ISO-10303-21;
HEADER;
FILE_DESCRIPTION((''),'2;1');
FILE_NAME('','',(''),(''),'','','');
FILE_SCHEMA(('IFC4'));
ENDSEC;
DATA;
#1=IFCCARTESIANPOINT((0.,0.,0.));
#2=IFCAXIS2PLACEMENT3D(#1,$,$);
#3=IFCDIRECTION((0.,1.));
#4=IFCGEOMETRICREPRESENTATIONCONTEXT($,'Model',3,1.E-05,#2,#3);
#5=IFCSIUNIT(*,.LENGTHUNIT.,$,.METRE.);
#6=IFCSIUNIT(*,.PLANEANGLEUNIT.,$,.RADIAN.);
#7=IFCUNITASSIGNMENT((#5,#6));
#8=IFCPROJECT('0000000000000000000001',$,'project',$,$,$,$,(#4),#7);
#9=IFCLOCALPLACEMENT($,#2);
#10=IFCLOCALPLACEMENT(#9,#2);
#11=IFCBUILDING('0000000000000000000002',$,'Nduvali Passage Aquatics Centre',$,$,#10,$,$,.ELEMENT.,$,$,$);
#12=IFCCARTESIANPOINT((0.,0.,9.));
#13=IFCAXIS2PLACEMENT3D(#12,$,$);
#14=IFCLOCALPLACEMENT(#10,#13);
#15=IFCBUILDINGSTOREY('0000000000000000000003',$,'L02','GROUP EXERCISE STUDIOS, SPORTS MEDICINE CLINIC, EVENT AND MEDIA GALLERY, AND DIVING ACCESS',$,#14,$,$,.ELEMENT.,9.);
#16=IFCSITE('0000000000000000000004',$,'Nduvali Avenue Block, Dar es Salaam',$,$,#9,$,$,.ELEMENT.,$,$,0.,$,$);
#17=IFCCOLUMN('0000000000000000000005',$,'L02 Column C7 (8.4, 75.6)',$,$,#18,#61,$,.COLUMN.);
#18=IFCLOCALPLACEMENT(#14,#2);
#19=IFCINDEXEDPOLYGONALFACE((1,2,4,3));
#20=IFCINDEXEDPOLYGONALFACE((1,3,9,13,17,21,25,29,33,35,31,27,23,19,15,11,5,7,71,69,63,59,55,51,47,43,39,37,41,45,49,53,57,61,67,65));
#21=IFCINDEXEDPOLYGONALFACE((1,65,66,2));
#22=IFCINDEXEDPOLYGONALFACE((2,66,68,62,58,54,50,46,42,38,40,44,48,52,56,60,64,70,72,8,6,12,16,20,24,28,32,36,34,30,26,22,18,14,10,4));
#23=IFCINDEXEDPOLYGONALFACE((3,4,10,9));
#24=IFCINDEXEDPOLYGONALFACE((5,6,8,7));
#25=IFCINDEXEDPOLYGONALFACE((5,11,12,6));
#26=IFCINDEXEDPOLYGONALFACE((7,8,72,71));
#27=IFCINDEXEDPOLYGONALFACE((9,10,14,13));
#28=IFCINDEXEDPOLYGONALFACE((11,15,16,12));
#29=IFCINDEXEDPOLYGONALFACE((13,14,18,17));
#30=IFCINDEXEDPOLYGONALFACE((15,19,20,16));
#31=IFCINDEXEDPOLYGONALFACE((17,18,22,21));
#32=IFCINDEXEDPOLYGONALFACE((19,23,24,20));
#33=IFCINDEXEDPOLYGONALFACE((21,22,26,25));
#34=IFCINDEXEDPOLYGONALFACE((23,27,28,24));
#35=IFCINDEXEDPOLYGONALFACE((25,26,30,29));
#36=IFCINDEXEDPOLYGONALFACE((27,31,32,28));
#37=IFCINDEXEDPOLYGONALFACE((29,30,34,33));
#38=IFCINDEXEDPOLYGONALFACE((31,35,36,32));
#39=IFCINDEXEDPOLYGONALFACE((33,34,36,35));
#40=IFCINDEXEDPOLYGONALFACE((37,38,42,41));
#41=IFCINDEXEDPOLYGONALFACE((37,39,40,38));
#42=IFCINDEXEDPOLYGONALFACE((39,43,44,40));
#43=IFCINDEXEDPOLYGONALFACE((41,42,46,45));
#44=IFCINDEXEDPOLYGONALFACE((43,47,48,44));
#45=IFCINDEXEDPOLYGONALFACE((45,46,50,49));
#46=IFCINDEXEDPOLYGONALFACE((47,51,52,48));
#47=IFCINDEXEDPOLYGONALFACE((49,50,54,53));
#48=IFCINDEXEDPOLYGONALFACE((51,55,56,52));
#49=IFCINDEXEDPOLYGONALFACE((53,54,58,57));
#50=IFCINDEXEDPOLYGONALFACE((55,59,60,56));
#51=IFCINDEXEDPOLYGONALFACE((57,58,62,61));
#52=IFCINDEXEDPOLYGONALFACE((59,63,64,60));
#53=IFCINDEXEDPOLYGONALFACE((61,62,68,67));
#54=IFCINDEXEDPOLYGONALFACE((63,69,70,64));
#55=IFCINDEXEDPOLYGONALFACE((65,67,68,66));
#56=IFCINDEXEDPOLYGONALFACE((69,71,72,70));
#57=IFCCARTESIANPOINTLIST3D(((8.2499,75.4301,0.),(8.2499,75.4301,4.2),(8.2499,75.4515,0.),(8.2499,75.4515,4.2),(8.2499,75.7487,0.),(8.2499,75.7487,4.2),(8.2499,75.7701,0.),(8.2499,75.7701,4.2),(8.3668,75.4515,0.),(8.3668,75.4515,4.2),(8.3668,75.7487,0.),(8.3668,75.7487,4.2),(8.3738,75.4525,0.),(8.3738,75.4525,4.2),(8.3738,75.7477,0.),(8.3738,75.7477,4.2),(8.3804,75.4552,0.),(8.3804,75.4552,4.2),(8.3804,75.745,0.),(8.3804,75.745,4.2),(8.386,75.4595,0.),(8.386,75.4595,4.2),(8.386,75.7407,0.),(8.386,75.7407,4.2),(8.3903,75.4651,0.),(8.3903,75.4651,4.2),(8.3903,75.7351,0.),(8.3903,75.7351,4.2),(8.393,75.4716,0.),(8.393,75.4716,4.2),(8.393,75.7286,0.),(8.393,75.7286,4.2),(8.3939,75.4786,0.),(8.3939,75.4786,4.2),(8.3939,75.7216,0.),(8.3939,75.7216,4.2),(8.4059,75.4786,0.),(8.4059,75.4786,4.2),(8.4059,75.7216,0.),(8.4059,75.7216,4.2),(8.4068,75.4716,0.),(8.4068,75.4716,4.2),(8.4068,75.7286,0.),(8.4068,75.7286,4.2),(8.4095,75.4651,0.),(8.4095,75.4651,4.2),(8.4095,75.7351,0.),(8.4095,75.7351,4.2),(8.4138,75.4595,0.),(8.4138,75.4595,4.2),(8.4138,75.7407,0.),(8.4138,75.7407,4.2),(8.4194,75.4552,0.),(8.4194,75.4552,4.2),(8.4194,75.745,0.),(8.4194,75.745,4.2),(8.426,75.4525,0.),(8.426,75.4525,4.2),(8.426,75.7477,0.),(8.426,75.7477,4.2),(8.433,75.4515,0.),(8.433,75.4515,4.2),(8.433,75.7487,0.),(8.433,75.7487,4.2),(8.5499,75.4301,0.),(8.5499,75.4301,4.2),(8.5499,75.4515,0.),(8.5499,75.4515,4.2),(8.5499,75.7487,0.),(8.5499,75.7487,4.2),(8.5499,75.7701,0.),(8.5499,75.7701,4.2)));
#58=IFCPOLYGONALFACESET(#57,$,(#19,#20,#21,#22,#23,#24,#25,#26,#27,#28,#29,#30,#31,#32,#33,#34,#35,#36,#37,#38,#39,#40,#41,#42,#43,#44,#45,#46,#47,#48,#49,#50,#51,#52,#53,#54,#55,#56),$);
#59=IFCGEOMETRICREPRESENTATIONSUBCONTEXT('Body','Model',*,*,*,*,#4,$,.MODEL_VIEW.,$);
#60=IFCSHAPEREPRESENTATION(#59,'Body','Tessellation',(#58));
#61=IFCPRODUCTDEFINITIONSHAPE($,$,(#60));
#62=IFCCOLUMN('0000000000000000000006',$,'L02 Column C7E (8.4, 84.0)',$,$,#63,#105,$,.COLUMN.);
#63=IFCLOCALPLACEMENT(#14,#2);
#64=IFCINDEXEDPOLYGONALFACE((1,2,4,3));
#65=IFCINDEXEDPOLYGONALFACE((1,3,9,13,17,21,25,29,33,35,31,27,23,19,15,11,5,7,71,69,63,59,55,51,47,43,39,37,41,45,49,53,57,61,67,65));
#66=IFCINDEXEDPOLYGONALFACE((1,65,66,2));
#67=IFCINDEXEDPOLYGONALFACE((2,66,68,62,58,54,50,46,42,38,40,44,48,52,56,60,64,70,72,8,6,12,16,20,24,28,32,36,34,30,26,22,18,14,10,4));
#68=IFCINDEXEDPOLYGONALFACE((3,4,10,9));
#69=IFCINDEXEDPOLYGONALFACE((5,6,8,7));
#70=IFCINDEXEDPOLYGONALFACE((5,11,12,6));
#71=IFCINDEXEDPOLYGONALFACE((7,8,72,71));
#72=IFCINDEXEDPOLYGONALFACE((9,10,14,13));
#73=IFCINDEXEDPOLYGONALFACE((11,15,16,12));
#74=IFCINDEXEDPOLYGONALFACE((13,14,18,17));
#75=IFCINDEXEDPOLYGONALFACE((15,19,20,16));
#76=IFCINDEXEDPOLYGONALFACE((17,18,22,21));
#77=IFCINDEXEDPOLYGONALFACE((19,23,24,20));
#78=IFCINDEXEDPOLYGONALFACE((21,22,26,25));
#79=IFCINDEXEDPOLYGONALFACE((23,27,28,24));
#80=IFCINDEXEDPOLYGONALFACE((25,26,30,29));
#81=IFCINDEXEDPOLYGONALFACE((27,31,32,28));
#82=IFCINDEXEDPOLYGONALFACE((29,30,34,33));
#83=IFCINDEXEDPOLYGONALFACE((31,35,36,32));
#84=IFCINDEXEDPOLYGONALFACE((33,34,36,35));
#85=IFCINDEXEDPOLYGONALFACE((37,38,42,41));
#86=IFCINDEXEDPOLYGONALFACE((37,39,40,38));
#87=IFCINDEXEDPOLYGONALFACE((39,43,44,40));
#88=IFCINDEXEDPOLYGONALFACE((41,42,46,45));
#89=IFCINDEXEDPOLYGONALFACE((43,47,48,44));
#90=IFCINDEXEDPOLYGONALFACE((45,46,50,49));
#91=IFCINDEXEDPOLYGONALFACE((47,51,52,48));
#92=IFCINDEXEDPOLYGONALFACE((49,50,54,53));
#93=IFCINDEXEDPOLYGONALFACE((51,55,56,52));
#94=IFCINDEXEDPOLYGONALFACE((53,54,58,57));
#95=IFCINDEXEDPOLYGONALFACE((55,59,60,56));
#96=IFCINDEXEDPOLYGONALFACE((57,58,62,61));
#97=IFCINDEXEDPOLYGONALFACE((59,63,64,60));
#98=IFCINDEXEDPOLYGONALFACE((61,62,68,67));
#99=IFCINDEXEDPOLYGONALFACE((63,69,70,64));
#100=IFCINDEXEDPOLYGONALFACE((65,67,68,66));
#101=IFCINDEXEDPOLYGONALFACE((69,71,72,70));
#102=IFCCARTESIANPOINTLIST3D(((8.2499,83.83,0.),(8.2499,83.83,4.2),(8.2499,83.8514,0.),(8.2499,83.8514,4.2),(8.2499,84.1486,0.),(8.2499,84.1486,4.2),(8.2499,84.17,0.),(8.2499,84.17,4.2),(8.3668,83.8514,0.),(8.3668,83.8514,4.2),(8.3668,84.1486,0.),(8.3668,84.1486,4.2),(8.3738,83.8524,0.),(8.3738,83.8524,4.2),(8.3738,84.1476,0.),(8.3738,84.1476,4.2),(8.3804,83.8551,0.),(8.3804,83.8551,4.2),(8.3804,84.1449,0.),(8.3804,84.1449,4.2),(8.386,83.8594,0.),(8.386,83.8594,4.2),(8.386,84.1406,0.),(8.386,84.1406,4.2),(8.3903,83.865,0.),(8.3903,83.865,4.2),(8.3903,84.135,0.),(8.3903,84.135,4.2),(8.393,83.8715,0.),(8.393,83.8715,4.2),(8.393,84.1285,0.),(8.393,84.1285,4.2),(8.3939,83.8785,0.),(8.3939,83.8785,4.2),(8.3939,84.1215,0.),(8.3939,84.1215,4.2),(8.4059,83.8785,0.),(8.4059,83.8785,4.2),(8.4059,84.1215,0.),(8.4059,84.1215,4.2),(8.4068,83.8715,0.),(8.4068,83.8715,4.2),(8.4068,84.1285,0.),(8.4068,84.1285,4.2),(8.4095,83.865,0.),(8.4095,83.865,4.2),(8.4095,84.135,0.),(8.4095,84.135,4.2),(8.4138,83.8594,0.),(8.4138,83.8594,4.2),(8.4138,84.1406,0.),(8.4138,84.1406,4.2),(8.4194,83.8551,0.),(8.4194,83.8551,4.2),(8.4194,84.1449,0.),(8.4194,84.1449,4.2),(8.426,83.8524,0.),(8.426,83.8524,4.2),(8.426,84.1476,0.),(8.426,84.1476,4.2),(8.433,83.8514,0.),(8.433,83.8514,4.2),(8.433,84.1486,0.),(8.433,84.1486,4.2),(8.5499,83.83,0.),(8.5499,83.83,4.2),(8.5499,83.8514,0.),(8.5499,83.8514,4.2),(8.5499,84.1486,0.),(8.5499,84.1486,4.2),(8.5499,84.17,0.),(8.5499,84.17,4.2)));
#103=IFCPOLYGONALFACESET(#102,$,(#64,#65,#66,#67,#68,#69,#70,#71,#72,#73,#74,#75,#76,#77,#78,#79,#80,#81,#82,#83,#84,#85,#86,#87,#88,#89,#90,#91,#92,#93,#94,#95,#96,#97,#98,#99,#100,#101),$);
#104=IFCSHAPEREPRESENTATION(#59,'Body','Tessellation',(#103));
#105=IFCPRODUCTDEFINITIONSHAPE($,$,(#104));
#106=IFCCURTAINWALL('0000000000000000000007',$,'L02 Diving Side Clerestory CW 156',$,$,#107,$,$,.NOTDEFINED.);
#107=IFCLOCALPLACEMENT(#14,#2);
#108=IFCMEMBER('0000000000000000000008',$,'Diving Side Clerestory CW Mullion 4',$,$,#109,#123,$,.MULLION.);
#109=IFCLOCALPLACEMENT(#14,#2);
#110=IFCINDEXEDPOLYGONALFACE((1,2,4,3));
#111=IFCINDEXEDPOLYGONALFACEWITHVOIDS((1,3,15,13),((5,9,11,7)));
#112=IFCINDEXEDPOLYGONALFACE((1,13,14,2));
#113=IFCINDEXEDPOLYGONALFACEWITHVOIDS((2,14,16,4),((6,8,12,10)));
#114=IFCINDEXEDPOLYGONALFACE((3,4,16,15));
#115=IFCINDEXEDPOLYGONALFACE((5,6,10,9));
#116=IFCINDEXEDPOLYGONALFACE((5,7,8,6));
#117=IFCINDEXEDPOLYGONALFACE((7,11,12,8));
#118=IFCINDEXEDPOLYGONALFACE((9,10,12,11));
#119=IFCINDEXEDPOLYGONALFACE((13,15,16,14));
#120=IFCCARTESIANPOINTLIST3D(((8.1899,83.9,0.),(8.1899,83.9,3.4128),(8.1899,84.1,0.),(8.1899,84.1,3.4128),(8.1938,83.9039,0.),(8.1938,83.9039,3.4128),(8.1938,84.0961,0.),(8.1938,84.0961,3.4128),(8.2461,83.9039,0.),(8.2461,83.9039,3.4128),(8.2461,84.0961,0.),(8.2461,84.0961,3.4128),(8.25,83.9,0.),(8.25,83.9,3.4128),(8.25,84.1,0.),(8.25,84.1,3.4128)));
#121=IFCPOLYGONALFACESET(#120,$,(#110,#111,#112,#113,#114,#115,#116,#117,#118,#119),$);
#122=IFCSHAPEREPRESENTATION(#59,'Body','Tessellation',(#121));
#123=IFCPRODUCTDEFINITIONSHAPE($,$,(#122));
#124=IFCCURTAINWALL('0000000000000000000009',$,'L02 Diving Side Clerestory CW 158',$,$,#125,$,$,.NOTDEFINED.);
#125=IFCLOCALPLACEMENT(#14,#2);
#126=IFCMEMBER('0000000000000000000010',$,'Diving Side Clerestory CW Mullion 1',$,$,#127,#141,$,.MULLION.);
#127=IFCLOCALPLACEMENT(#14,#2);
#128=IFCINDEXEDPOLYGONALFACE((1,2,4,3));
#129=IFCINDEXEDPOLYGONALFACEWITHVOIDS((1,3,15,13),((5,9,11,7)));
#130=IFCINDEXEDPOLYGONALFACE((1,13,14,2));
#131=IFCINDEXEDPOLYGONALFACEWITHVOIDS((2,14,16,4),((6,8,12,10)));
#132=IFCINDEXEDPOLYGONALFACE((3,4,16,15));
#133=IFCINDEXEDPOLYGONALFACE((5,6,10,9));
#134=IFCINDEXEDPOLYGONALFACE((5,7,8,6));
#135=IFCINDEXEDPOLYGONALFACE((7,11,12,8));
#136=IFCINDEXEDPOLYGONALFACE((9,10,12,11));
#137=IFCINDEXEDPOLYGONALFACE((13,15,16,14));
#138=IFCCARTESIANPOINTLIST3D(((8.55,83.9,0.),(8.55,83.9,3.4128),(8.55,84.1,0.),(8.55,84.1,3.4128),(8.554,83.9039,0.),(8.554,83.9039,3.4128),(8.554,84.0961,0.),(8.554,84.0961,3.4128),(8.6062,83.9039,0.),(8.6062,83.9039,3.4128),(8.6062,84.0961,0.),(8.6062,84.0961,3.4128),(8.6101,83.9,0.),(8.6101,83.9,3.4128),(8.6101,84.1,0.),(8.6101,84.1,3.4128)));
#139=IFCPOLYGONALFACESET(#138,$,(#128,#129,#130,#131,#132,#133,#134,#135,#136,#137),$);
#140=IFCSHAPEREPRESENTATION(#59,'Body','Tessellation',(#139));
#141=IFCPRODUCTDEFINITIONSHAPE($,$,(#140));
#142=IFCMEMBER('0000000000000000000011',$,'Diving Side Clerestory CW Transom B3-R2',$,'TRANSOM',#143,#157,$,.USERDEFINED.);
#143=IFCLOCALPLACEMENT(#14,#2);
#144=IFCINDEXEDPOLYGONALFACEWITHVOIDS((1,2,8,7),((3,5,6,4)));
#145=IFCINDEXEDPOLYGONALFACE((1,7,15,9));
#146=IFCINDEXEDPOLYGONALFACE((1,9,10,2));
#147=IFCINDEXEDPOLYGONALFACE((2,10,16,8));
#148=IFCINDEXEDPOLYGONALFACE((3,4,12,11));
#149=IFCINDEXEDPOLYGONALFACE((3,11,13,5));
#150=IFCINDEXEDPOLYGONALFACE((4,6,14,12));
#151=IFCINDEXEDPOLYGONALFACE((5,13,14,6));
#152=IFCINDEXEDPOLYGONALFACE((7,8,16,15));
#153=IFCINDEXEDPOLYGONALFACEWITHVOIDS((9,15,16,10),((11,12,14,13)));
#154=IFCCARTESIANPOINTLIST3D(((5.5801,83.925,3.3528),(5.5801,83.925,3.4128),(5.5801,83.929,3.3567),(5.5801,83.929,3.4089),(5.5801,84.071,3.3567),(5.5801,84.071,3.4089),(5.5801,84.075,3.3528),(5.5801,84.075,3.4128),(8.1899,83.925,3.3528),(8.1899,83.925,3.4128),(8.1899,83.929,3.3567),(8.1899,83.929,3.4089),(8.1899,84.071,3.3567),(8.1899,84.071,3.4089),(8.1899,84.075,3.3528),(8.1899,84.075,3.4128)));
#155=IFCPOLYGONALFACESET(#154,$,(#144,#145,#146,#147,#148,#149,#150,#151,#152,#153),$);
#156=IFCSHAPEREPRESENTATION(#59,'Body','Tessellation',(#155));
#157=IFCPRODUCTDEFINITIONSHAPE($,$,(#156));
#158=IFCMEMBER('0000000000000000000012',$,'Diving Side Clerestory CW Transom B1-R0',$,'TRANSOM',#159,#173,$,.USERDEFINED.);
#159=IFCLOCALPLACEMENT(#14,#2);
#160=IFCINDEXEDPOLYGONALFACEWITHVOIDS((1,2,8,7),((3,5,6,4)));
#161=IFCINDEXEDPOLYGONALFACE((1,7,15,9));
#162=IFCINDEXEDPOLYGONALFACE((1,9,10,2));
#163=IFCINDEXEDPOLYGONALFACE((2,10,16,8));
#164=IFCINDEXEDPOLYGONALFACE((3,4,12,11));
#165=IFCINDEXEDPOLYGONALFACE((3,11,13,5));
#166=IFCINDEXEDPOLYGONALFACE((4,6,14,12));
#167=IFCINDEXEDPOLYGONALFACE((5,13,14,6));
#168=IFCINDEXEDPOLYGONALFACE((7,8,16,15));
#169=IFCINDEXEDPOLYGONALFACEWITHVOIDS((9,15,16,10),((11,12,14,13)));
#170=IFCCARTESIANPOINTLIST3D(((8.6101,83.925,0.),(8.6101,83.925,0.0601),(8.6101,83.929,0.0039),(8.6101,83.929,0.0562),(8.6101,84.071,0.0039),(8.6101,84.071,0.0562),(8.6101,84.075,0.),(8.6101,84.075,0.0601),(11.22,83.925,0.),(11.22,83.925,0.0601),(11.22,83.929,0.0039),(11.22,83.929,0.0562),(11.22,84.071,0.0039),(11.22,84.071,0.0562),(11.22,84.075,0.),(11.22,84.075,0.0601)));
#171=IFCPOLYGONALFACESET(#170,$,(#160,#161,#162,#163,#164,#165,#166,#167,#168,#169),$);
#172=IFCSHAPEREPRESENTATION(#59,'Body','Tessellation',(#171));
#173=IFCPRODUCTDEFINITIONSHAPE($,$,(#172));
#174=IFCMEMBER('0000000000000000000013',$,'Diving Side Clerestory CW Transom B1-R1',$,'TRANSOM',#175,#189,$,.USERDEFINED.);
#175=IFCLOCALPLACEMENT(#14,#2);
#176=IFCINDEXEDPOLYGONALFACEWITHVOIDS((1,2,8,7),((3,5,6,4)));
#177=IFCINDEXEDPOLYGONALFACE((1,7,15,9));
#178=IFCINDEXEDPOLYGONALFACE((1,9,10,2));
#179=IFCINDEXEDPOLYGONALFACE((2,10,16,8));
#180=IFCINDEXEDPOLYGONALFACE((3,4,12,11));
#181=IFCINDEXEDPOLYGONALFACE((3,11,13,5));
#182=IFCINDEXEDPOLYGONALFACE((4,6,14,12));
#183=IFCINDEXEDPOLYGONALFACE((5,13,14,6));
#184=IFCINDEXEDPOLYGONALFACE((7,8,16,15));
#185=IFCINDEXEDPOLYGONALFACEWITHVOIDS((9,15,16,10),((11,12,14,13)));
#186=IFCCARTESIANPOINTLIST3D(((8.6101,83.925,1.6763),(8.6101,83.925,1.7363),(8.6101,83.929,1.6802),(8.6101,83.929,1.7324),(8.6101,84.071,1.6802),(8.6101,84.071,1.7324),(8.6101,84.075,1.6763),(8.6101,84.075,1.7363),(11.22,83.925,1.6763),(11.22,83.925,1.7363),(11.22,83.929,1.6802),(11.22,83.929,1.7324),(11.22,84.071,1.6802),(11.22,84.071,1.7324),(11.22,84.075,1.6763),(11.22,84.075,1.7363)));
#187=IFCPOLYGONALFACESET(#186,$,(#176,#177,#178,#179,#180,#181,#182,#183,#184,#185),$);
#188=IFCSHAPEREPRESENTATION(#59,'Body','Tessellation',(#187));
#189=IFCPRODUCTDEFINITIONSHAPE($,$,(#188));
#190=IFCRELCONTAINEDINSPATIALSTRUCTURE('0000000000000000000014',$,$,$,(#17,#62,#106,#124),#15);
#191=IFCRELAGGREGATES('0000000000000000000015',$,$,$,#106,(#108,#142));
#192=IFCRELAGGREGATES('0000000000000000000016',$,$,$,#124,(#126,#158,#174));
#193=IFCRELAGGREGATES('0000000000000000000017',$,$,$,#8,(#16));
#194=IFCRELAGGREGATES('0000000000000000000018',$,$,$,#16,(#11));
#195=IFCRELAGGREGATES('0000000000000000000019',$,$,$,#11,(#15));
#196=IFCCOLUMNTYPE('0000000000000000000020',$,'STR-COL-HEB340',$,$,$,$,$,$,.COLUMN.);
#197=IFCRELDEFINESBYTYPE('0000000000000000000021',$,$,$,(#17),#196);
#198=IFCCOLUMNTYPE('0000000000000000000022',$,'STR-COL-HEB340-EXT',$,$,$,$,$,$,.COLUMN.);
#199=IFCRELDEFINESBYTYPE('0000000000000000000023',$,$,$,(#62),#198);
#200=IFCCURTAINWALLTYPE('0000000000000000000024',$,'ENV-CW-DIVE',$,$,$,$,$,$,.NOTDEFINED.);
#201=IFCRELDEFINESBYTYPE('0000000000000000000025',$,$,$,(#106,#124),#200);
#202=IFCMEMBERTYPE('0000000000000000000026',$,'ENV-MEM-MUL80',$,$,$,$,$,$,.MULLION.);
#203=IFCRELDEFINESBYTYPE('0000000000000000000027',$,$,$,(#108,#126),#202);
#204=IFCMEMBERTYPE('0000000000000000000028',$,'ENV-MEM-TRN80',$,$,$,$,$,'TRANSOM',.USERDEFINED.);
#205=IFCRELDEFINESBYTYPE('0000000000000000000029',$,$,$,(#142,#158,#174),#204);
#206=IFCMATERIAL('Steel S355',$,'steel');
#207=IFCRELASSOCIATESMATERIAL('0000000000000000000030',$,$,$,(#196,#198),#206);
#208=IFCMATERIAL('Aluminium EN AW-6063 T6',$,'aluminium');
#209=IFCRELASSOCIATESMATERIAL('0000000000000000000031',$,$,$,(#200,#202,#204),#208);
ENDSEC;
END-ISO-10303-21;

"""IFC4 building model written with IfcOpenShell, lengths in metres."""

from ifc_helpers import new_model, si_unit, direction, frame, origin, origin_2d, place, context, subcontext, project, spatial, hollow_rectangle, i_section, extrude, material, material_profile, profile_set, type_object, element, aggregate, save


model = new_model("IFC4")

# Units and contexts
model_context = context("Model", 3, precision=1e-05, world=origin(), true_north=direction((0.0, 1.0)))
body_context = subcontext(model_context, "Body", "Model", "MODEL_VIEW")
ifc_project = project(units=[si_unit("LENGTHUNIT", "METRE"), si_unit("PLANEANGLEUNIT", "RADIAN")], contexts=[model_context])

# Site, building, storey
site_placement = place(None, origin())
site = spatial("IfcSite", under=ifc_project, at=site_placement, Name="Nduvali Avenue Block, Dar es Salaam", CompositionType="ELEMENT", RefElevation=0.0)
building_placement = place(site_placement, origin())
building = spatial("IfcBuilding", under=site, at=building_placement, Name="Nduvali Passage Aquatics Centre", CompositionType="ELEMENT")
storey_placement = place(building_placement, frame((0.0, 0.0, 9.0)))
storey = spatial("IfcBuildingStorey", under=building, at=storey_placement, Name="L02", Description="GROUP EXERCISE STUDIOS, SPORTS MEDICINE CLINIC, EVENT AND MEDIA GALLERY, AND DIVING ACCESS", CompositionType="ELEMENT", Elevation=9.0)

# Columns
ifc_material_1 = material(Name="Steel S355", Category="steel")
ifc_material_profile_1 = material_profile(ifc_material_1, i_section(OverallWidth=0.3, OverallDepth=0.3401, WebThickness=0.012, FlangeThickness=0.0215, FilletRadius=0.0271, at=origin_2d()), Name="HEB 340")
ifc_profile_set_1 = profile_set([ifc_material_profile_1], Name="Steel S355")
column_type_1 = type_object("IfcColumnType", Name="STR-COL-HEB340", PredefinedType="COLUMN", material=ifc_profile_set_1)
column_1_placement = place(storey_placement, frame((8.3999, 75.6001, 0.0), z_axis=(0.0, 0.0, 1.0), x_axis=(1.0, 0.0, 0.0)))
element("IfcColumn", 1, at=column_1_placement, inside=storey, type_object=column_type_1, Name="L02 Column C7 (8.4, 75.6)", PredefinedType="COLUMN", context=body_context, shape_type="SweptSolid", body=[
    extrude(i_section(OverallWidth=0.3, OverallDepth=0.3401, WebThickness=0.012, FlangeThickness=0.0215, FilletRadius=0.0271, at=origin_2d()), origin(), (0.0, 0.0, 1.0), 4.2),
])
ifc_material_profile_2 = material_profile(ifc_material_1, i_section(OverallWidth=0.3, OverallDepth=0.3401, WebThickness=0.012, FlangeThickness=0.0215, FilletRadius=0.0271, at=origin_2d()), Name="HEB 340")
ifc_profile_set_2 = profile_set([ifc_material_profile_2], Name="Steel S355")
column_type_2 = type_object("IfcColumnType", Name="STR-COL-HEB340-EXT", PredefinedType="COLUMN", material=ifc_profile_set_2)
column_2_placement = place(storey_placement, frame((8.3999, 84.0, 0.0), z_axis=(0.0, 0.0, 1.0), x_axis=(1.0, 0.0, 0.0)))
element("IfcColumn", 2, at=column_2_placement, inside=storey, type_object=column_type_2, Name="L02 Column C7E (8.4, 84.0)", PredefinedType="COLUMN", context=body_context, shape_type="SweptSolid", body=[
    extrude(i_section(OverallWidth=0.3, OverallDepth=0.3401, WebThickness=0.012, FlangeThickness=0.0215, FilletRadius=0.0271, at=origin_2d()), origin(), (0.0, 0.0, 1.0), 4.2),
])

# Curtain walls, members
ifc_material_2 = material(Name="Aluminium EN AW-6063 T6", Category="aluminium")
curtain_wall_type = type_object("IfcCurtainWallType", Name="ENV-CW-DIVE", PredefinedType="NOTDEFINED", material=ifc_material_2)
curtain_wall_1_placement = place(storey_placement, origin())
curtain_wall_1 = element("IfcCurtainWall", 3, at=curtain_wall_1_placement, inside=storey, type_object=curtain_wall_type, Name="L02 Diving Side Clerestory CW 156", PredefinedType="NOTDEFINED")
ifc_material_profile_3 = material_profile(ifc_material_2, hollow_rectangle(XDim=0.0601, YDim=0.2, WallThickness=0.0039, at=origin_2d()), Name="ALU MULLION 60x200x4")
ifc_profile_set_3 = profile_set([ifc_material_profile_3], Name="Aluminium EN AW-6063 T6")
member_type_1 = type_object("IfcMemberType", Name="ENV-MEM-MUL80", PredefinedType="MULLION", material=ifc_profile_set_3)
member_1_placement = place(storey_placement, frame((8.22, 84.0, 0.0), z_axis=(0.0, 0.0, 1.0), x_axis=(1.0, 0.0, 0.0)))
member_1 = element("IfcMember", 4, at=member_1_placement, type_object=member_type_1, Name="Diving Side Clerestory CW Mullion 4", PredefinedType="MULLION", context=body_context, shape_type="SweptSolid", body=[
    extrude(hollow_rectangle(XDim=0.0601, YDim=0.2, WallThickness=0.0039, at=origin_2d()), origin(), (0.0, 0.0, 1.0), 3.4128),
])
curtain_wall_2_placement = place(storey_placement, origin())
curtain_wall_2 = element("IfcCurtainWall", 5, at=curtain_wall_2_placement, inside=storey, type_object=curtain_wall_type, Name="L02 Diving Side Clerestory CW 158", PredefinedType="NOTDEFINED")
member_2_placement = place(storey_placement, frame((8.5801, 84.0, 0.0), z_axis=(0.0, 0.0, 1.0), x_axis=(1.0, 0.0, 0.0)))
member_2 = element("IfcMember", 6, at=member_2_placement, type_object=member_type_1, Name="Diving Side Clerestory CW Mullion 1", PredefinedType="MULLION", context=body_context, shape_type="SweptSolid", body=[
    extrude(hollow_rectangle(XDim=0.0601, YDim=0.2, WallThickness=0.0039, at=origin_2d()), origin(), (0.0, 0.0, 1.0), 3.4128),
])

# Members
ifc_material_profile_4 = material_profile(ifc_material_2, hollow_rectangle(XDim=0.1499, YDim=0.0601, WallThickness=0.0039, at=origin_2d()), Name="ALU TRANSOM 150x60x4")
ifc_profile_set_4 = profile_set([ifc_material_profile_4], Name="Aluminium EN AW-6063 T6")
member_type_2 = type_object("IfcMemberType", Name="ENV-MEM-TRN80", ElementType="TRANSOM", PredefinedType="USERDEFINED", material=ifc_profile_set_4)
member_3_placement = place(storey_placement, frame((5.5801, 84.0, 3.3828), z_axis=(1.0, 0.0, 0.0), x_axis=(0.0, 1.0, 0.0)))
member_3 = element("IfcMember", 7, at=member_3_placement, type_object=member_type_2, Name="Diving Side Clerestory CW Transom B3-R2", ObjectType="TRANSOM", PredefinedType="USERDEFINED", context=body_context, shape_type="SweptSolid", body=[
    extrude(hollow_rectangle(XDim=0.1499, YDim=0.0601, WallThickness=0.0039, at=origin_2d()), origin(), (0.0, 0.0, 1.0), 2.6099),
])
member_4_placement = place(storey_placement, frame((8.6101, 84.0, 0.03), z_axis=(1.0, 0.0, 0.0), x_axis=(0.0, 1.0, 0.0)))
member_4 = element("IfcMember", 8, at=member_4_placement, type_object=member_type_2, Name="Diving Side Clerestory CW Transom B1-R0", ObjectType="TRANSOM", PredefinedType="USERDEFINED", context=body_context, shape_type="SweptSolid", body=[
    extrude(hollow_rectangle(XDim=0.1499, YDim=0.0601, WallThickness=0.0039, at=origin_2d()), origin(), (0.0, 0.0, 1.0), 2.6099),
])
member_5_placement = place(storey_placement, frame((8.6101, 84.0, 1.7063), z_axis=(1.0, 0.0, 0.0), x_axis=(0.0, 1.0, 0.0)))
member_5 = element("IfcMember", 9, at=member_5_placement, type_object=member_type_2, Name="Diving Side Clerestory CW Transom B1-R1", ObjectType="TRANSOM", PredefinedType="USERDEFINED", context=body_context, shape_type="SweptSolid", body=[
    extrude(hollow_rectangle(XDim=0.1499, YDim=0.0601, WallThickness=0.0039, at=origin_2d()), origin(), (0.0, 0.0, 1.0), 2.6099),
])

aggregate(curtain_wall_1, [member_1, member_3])
aggregate(curtain_wall_2, [member_2, member_4, member_5])

save(model, "model.ifc")
